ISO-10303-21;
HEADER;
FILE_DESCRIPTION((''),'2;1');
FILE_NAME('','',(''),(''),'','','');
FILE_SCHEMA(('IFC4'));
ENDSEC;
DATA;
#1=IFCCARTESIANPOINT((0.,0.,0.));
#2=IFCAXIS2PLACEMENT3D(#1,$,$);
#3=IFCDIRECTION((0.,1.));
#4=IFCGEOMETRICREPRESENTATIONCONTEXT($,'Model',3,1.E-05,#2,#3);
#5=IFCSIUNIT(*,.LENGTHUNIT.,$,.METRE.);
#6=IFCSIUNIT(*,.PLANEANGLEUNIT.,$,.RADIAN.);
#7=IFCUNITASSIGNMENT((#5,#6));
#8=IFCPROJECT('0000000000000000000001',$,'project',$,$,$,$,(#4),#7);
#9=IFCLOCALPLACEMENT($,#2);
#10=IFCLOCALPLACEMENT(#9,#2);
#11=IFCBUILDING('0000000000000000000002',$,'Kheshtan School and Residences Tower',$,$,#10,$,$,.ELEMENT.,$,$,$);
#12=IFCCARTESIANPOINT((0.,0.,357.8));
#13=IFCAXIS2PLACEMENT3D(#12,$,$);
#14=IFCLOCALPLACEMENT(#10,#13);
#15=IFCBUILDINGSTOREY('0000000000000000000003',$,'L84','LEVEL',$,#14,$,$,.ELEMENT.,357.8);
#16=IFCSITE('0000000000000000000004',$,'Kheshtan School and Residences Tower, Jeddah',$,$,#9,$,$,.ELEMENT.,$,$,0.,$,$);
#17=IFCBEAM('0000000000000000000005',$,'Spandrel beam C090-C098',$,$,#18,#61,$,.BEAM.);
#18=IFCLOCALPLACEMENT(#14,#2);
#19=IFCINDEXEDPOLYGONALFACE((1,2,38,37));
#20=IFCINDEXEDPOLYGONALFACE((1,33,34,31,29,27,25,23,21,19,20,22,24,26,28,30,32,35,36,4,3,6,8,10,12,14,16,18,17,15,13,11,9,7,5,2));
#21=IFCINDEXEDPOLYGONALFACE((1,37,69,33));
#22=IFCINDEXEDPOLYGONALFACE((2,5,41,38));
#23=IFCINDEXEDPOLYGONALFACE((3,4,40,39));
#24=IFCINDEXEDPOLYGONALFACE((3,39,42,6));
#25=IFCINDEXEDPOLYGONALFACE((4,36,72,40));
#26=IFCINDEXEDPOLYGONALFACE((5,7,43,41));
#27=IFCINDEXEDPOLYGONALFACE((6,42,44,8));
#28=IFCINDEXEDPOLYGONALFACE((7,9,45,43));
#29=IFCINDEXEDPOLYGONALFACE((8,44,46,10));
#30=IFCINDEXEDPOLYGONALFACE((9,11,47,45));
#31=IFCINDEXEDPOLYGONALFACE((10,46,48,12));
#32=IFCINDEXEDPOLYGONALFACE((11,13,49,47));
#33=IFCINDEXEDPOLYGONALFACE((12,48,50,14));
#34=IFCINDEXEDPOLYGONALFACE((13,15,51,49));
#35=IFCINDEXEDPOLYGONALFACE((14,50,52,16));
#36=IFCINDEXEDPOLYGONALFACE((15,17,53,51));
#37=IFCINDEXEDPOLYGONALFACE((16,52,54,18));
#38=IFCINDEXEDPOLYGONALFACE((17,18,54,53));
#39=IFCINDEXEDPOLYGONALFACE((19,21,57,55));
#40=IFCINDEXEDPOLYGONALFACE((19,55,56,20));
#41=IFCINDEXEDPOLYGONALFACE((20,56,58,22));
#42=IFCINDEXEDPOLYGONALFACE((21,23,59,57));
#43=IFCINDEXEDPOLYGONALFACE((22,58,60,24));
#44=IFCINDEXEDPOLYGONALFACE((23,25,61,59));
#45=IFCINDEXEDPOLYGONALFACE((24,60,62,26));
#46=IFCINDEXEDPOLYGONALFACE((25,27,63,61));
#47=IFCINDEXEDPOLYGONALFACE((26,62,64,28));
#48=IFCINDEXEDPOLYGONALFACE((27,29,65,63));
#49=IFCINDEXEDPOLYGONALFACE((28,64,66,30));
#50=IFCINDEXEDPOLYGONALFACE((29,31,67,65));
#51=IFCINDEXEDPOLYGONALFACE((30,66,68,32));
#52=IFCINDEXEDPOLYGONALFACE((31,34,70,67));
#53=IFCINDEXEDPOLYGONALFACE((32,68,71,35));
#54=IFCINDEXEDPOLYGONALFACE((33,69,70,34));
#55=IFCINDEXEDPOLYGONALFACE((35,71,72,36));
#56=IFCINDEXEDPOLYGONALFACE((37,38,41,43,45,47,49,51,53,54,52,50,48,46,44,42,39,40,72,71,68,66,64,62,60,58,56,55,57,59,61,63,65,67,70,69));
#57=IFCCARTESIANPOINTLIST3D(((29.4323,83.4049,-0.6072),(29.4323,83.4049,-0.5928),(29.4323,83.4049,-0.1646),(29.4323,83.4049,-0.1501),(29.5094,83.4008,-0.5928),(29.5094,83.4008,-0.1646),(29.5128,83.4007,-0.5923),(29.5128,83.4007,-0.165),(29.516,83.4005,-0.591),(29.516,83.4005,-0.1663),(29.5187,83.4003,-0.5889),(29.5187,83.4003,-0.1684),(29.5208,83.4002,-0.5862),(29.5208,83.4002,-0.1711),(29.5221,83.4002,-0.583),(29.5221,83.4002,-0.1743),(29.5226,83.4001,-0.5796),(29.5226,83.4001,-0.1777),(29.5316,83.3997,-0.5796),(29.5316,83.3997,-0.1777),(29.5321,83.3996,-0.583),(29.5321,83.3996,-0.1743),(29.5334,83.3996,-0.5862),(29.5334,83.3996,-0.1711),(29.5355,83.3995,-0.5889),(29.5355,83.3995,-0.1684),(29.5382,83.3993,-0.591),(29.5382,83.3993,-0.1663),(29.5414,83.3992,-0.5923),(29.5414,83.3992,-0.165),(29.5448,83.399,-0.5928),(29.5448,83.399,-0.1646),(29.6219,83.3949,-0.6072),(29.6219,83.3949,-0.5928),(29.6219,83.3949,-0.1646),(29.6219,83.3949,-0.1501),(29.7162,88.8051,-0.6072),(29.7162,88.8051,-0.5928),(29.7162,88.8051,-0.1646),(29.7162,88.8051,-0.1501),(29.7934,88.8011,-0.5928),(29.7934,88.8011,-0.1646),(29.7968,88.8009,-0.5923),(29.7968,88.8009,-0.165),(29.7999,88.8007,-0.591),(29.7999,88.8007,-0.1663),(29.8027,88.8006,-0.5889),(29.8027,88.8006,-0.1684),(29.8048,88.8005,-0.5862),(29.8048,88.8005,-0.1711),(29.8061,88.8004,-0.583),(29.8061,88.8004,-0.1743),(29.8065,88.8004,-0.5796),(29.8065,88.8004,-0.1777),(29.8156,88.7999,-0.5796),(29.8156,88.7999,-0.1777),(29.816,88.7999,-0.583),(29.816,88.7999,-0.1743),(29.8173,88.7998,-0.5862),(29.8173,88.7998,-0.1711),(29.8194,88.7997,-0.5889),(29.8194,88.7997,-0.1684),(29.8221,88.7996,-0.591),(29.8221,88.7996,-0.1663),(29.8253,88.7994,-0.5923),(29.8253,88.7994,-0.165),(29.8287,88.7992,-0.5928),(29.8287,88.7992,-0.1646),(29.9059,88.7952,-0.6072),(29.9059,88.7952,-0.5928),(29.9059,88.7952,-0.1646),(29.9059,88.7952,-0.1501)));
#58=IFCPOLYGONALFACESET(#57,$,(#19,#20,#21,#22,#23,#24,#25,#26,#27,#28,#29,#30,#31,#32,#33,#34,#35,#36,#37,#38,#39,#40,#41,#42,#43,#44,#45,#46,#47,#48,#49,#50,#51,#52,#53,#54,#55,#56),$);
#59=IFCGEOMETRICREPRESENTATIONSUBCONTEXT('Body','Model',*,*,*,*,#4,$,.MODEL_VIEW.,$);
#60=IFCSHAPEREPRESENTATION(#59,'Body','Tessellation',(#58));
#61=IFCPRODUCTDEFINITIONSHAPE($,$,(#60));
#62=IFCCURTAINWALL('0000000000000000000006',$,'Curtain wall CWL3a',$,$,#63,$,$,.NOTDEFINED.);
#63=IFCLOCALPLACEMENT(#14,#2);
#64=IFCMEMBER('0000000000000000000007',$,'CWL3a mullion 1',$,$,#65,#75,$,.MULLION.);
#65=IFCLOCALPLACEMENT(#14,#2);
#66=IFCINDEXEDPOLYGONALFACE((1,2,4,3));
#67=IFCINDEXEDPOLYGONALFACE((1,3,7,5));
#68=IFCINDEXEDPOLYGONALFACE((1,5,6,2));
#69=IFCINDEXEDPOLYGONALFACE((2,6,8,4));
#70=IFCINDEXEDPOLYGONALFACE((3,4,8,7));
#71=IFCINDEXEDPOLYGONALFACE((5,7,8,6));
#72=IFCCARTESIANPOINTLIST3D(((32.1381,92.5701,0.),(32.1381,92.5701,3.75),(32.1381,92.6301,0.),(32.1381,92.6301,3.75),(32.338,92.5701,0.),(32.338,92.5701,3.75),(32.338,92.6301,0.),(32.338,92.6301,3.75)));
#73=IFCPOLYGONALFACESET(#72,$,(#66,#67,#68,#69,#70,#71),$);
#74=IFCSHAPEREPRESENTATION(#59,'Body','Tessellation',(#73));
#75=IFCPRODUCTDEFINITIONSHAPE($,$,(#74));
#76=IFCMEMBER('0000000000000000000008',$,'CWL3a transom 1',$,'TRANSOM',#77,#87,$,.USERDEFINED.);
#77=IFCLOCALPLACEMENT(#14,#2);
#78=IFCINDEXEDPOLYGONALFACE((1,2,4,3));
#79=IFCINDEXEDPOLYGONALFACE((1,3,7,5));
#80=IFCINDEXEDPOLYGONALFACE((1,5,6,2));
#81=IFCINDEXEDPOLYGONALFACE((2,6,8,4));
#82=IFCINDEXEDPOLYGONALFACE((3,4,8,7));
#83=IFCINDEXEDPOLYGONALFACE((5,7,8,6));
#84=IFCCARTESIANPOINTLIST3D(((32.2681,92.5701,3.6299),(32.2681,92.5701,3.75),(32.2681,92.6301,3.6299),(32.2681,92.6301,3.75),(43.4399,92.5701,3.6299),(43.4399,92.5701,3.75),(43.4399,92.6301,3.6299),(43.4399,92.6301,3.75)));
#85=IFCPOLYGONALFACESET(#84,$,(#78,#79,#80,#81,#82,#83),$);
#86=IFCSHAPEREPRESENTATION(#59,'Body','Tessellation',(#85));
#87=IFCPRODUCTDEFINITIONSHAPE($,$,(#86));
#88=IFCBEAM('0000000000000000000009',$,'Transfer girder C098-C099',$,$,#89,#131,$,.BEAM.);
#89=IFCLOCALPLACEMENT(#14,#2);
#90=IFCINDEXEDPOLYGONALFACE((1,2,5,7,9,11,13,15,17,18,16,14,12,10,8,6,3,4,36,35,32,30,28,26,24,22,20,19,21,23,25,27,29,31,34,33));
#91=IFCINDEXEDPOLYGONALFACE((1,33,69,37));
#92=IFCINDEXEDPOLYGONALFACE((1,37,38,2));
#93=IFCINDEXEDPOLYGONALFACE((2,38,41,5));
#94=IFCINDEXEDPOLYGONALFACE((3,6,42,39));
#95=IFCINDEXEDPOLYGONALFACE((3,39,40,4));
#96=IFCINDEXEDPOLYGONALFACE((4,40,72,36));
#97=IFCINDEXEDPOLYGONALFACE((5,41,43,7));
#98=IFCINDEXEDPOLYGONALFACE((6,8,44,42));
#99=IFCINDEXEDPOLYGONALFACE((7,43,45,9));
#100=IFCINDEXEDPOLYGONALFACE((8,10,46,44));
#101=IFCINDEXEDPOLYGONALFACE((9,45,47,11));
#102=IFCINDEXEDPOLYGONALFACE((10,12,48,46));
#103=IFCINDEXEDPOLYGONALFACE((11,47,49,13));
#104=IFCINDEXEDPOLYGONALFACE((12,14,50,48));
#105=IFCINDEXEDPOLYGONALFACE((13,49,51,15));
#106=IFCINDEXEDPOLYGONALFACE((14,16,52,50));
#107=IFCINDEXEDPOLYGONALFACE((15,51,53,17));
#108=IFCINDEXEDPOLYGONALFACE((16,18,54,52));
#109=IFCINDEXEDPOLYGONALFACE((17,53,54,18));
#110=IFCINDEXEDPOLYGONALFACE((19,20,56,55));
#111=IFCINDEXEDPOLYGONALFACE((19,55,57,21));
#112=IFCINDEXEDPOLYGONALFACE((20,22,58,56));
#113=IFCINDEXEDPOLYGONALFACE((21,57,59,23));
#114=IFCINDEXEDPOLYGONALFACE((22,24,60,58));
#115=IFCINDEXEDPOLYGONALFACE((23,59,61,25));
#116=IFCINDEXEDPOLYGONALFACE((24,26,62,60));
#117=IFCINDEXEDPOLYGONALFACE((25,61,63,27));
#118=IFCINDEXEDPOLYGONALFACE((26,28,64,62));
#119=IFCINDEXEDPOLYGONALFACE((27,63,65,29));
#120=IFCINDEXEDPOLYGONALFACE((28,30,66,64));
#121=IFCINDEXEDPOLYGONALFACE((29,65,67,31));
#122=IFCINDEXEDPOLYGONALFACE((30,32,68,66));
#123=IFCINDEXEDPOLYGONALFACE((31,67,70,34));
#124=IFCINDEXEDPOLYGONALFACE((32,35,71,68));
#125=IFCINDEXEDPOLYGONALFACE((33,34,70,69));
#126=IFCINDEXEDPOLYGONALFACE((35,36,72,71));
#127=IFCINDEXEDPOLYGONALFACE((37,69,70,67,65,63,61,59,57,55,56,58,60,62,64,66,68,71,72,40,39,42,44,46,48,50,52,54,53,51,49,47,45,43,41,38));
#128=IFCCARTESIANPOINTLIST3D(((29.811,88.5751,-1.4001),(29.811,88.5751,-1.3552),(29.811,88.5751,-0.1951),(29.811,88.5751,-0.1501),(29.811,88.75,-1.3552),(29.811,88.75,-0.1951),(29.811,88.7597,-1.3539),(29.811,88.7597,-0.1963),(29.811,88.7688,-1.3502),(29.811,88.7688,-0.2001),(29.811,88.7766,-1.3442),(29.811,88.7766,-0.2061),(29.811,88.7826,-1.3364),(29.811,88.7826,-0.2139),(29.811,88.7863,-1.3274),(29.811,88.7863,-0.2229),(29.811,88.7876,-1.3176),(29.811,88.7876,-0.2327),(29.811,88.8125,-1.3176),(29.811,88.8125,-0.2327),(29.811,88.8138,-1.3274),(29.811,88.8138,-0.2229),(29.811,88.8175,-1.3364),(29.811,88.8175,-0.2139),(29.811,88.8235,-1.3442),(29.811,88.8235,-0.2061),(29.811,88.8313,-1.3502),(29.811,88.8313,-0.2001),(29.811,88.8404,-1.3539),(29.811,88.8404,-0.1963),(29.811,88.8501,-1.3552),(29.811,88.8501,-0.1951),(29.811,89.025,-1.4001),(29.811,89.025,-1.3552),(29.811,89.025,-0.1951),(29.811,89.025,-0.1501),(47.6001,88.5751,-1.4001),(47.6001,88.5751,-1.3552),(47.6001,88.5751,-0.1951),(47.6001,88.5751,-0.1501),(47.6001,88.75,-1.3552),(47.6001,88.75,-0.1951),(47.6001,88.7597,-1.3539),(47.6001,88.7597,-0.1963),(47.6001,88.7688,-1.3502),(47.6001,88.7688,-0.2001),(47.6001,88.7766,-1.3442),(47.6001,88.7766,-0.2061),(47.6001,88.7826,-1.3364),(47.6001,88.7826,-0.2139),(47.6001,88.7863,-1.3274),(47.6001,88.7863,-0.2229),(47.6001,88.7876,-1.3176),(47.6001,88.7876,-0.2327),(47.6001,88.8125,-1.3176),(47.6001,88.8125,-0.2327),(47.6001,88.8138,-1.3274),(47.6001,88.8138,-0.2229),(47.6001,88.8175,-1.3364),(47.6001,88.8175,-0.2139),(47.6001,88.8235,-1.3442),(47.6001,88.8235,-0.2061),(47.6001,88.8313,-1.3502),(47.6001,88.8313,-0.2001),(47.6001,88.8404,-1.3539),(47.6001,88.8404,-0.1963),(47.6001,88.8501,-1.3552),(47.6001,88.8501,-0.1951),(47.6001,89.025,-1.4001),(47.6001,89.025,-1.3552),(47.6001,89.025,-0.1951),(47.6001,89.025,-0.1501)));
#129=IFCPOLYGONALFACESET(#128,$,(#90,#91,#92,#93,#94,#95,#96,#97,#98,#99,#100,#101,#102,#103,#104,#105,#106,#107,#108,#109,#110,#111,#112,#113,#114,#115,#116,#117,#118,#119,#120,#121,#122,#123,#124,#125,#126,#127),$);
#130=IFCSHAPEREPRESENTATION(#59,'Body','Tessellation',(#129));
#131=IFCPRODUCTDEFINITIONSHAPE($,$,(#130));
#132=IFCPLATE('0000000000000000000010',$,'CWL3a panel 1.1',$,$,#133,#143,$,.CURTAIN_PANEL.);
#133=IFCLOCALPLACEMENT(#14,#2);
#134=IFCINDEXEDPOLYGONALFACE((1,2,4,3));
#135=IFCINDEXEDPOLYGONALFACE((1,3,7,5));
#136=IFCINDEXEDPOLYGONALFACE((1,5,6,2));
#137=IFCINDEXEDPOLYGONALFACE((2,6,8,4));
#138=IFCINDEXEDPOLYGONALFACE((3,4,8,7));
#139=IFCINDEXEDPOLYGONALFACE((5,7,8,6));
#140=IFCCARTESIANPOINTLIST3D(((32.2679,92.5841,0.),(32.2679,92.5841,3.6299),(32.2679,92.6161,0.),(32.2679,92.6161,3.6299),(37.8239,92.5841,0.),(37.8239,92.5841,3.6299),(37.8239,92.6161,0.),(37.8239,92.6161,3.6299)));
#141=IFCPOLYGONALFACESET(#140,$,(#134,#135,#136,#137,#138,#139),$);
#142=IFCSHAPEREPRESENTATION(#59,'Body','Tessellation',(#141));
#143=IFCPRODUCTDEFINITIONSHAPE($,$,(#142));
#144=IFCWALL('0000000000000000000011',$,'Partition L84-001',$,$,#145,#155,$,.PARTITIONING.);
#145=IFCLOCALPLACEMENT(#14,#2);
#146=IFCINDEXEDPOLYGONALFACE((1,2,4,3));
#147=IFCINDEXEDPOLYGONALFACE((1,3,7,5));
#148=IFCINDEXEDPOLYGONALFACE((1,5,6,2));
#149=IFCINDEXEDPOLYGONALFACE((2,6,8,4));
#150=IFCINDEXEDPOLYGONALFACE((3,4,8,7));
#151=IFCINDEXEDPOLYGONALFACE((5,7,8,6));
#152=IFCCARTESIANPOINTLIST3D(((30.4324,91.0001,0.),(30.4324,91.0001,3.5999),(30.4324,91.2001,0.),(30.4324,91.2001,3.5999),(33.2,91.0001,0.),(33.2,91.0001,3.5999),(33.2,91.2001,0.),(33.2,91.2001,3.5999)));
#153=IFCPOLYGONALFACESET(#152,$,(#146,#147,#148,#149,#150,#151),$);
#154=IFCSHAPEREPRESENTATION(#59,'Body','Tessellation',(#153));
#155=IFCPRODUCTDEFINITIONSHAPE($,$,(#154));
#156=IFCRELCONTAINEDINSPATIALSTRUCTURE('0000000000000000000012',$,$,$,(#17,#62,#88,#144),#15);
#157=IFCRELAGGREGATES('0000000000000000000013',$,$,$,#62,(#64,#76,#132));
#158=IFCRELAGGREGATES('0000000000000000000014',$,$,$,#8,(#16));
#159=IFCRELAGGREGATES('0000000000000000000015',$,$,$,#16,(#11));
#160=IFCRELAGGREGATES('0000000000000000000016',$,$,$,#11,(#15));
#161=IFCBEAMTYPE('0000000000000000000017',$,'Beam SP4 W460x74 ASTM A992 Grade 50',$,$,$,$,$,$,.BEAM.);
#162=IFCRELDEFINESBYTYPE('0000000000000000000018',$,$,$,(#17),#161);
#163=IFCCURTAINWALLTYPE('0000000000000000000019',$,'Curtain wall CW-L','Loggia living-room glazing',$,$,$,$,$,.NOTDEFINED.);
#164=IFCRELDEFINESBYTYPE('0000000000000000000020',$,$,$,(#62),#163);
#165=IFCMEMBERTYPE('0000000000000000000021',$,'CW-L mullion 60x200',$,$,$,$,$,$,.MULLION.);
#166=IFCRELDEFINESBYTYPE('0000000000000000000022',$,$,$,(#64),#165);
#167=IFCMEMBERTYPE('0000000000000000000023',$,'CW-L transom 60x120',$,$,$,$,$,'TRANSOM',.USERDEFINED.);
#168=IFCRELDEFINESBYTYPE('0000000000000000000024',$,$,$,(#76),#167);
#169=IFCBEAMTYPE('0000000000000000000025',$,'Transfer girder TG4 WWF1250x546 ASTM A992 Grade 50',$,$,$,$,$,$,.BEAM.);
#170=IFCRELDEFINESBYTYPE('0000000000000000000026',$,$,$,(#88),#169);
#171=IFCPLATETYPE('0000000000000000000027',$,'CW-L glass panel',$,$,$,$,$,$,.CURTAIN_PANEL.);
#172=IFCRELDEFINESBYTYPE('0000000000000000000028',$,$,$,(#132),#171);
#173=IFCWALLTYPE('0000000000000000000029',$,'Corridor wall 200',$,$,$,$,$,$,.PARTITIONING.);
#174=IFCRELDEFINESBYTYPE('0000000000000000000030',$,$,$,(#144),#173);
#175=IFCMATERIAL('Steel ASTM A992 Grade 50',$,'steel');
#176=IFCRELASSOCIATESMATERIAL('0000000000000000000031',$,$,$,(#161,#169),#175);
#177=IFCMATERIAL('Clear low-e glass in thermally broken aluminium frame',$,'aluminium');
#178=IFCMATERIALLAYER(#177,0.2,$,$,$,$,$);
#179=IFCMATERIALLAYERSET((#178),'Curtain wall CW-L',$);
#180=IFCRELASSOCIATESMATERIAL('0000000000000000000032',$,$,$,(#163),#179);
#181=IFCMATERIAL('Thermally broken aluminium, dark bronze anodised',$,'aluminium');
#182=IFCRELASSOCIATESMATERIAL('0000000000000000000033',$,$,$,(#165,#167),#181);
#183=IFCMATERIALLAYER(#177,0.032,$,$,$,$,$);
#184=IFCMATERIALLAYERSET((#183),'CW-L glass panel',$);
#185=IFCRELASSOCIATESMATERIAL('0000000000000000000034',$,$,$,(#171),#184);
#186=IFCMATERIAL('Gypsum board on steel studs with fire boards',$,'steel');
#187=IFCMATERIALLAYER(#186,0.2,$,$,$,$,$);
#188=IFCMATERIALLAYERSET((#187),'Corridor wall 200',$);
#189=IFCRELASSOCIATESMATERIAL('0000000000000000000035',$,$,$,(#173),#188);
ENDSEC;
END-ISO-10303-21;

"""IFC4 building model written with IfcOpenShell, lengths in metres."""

from ifc_helpers import new_model, si_unit, direction, frame, frame_2d, origin, origin_2d, place, context, subcontext, project, spatial, rectangle, i_section, extrude, material, layer, layer_set, material_profile, profile_set, type_object, element, aggregate, save


model = new_model("IFC4")

# Units and contexts
model_context = context("Model", 3, precision=1e-05, world=origin(), true_north=direction((0.0, 1.0)))
body_context = subcontext(model_context, "Body", "Model", "MODEL_VIEW")
ifc_project = project(units=[si_unit("LENGTHUNIT", "METRE"), si_unit("PLANEANGLEUNIT", "RADIAN")], contexts=[model_context])

# Site, building, storey
site_placement = place(None, origin())
site = spatial("IfcSite", under=ifc_project, at=site_placement, Name="Kheshtan School and Residences Tower, Jeddah", CompositionType="ELEMENT", RefElevation=0.0)
building_placement = place(site_placement, origin())
building = spatial("IfcBuilding", under=site, at=building_placement, Name="Kheshtan School and Residences Tower", CompositionType="ELEMENT")
storey_placement = place(building_placement, frame((0.0, 0.0, 357.8)))
storey = spatial("IfcBuildingStorey", under=building, at=storey_placement, Name="L84", Description="LEVEL", CompositionType="ELEMENT", Elevation=357.8)

# Shared definitions
ifc_material_1 = material(Name="Steel ASTM A992 Grade 50", Category="steel")

# Beam
ifc_material_profile_1 = material_profile(ifc_material_1, i_section(OverallWidth=0.1899, OverallDepth=0.457, WebThickness=0.009, FlangeThickness=0.0144, FilletRadius=0.0132, at=origin_2d()), Name="W460x74")
ifc_profile_set_1 = profile_set([ifc_material_profile_1], Name="Steel ASTM A992 Grade 50")
beam_type_1 = type_object("IfcBeamType", Name="Beam SP4 W460x74 ASTM A992 Grade 50", PredefinedType="BEAM", material=ifc_profile_set_1)
beam_1_placement = place(storey_placement, frame((29.5271, 83.3999, -0.3787), z_axis=(0.052507, 0.998621, 0.0), x_axis=(-0.998621, 0.052507, 0.0)))
element("IfcBeam", 1, at=beam_1_placement, inside=storey, type_object=beam_type_1, Name="Spandrel beam C090-C098", PredefinedType="BEAM", context=body_context, shape_type="SweptSolid", body=[
    extrude(i_section(OverallWidth=0.1899, OverallDepth=0.457, WebThickness=0.009, FlangeThickness=0.0144, FilletRadius=0.0132, at=origin_2d()), origin(), (0.0, 0.0, 1.0), 5.4077),
])

# Curtain wall, members
ifc_material_2 = material(Name="Clear low-e glass in thermally broken aluminium frame", Category="aluminium")
ifc_layer_1 = layer(ifc_material_2, 0.2)
ifc_layer_set_1 = layer_set([ifc_layer_1], Name="Curtain wall CW-L")
curtain_wall_type = type_object("IfcCurtainWallType", Name="Curtain wall CW-L", Description="Loggia living-room glazing", PredefinedType="NOTDEFINED", material=ifc_layer_set_1)
curtain_wall_placement = place(storey_placement, origin())
curtain_wall = element("IfcCurtainWall", 2, at=curtain_wall_placement, inside=storey, type_object=curtain_wall_type, Name="Curtain wall CWL3a", PredefinedType="NOTDEFINED")
ifc_material_3 = material(Name="Thermally broken aluminium, dark bronze anodised", Category="aluminium")
ifc_material_profile_2 = material_profile(ifc_material_3, rectangle(XDim=0.0601, YDim=0.2, at=origin_2d()), Name="CW-L mullion 60x200")
ifc_profile_set_2 = profile_set([ifc_material_profile_2], Name="Thermally broken aluminium, dark bronze anodised")
member_type_1 = type_object("IfcMemberType", Name="CW-L mullion 60x200", PredefinedType="MULLION", material=ifc_profile_set_2)
member_1_placement = place(storey_placement, frame((32.238, 92.6001, 0.0), z_axis=(0.0, 0.0, 1.0), x_axis=(0.0, 1.0, 0.0)))
member_1 = element("IfcMember", 3, at=member_1_placement, type_object=member_type_1, Name="CWL3a mullion 1", PredefinedType="MULLION", context=body_context, shape_type="SweptSolid", body=[
    extrude(rectangle(XDim=0.0601, YDim=0.2, at=origin_2d()), origin(), (0.0, 0.0, 1.0), 3.75),
])
ifc_material_profile_3 = material_profile(ifc_material_3, rectangle(XDim=0.0601, YDim=0.1201, at=origin_2d()), Name="CW-L transom 60x120")
ifc_profile_set_3 = profile_set([ifc_material_profile_3], Name="Thermally broken aluminium, dark bronze anodised")
member_type_2 = type_object("IfcMemberType", Name="CW-L transom 60x120", ElementType="TRANSOM", PredefinedType="USERDEFINED", material=ifc_profile_set_3)
member_2_placement = place(storey_placement, frame((32.2681, 92.6001, 3.6899), z_axis=(1.0, 0.0, 0.0), x_axis=(0.0, 1.0, 0.0)))
member_2 = element("IfcMember", 4, at=member_2_placement, type_object=member_type_2, Name="CWL3a transom 1", ObjectType="TRANSOM", PredefinedType="USERDEFINED", context=body_context, shape_type="SweptSolid", body=[
    extrude(rectangle(XDim=0.0601, YDim=0.1201, at=origin_2d()), origin(), (0.0, 0.0, 1.0), 11.1719),
])

# Beam
ifc_material_profile_4 = material_profile(ifc_material_1, i_section(OverallWidth=0.45, OverallDepth=1.25, WebThickness=0.0249, FlangeThickness=0.0449, FilletRadius=0.0376, at=origin_2d()), Name="WWF1250x546")
ifc_profile_set_4 = profile_set([ifc_material_profile_4], Name="Steel ASTM A992 Grade 50")
beam_type_2 = type_object("IfcBeamType", Name="Transfer girder TG4 WWF1250x546 ASTM A992 Grade 50", PredefinedType="BEAM", material=ifc_profile_set_4)
beam_2_placement = place(storey_placement, frame((29.811, 88.8, -0.7751), z_axis=(1.0, 0.0, 0.0), x_axis=(0.0, 1.0, 0.0)))
element("IfcBeam", 5, at=beam_2_placement, inside=storey, type_object=beam_type_2, Name="Transfer girder C098-C099", PredefinedType="BEAM", context=body_context, shape_type="SweptSolid", body=[
    extrude(i_section(OverallWidth=0.45, OverallDepth=1.25, WebThickness=0.0249, FlangeThickness=0.0449, FilletRadius=0.0376, at=origin_2d()), origin(), (0.0, 0.0, 1.0), 17.7891),
])

# Plate
ifc_layer_2 = layer(ifc_material_2, 0.032)
ifc_layer_set_2 = layer_set([ifc_layer_2], Name="CW-L glass panel")
plate_type = type_object("IfcPlateType", Name="CW-L glass panel", PredefinedType="CURTAIN_PANEL", material=ifc_layer_set_2)
plate_placement = place(storey_placement, frame((35.0459, 92.6001, 0.0), z_axis=(0.0, 0.0, 1.0), x_axis=(1.0, 0.0, 0.0)))
plate = element("IfcPlate", 6, at=plate_placement, type_object=plate_type, Name="CWL3a panel 1.1", PredefinedType="CURTAIN_PANEL", context=body_context, shape_type="SweptSolid", body=[
    extrude(rectangle(XDim=5.5559, YDim=0.032, at=origin_2d()), origin(), (0.0, 0.0, 1.0), 3.6299),
])
aggregate(curtain_wall, [member_1, member_2, plate])

# Wall
ifc_material_4 = material(Name="Gypsum board on steel studs with fire boards", Category="steel")
ifc_layer_3 = layer(ifc_material_4, 0.2)
ifc_layer_set_3 = layer_set([ifc_layer_3], Name="Corridor wall 200")
wall_type_1 = type_object("IfcWallType", Name="Corridor wall 200", PredefinedType="PARTITIONING", material=ifc_layer_set_3)
wall_1_placement = place(storey_placement, frame((30.4324, 91.1001, 0.0), z_axis=(0.0, 0.0, 1.0), x_axis=(1.0, 0.0, 0.0)))
element("IfcWall", 7, at=wall_1_placement, inside=storey, type_object=wall_type_1, Name="Partition L84-001", PredefinedType="PARTITIONING", context=body_context, shape_type="SweptSolid", body=[
    extrude(rectangle(XDim=2.7676, YDim=0.2, at=frame_2d((1.3838, 0.0))), origin(), (0.0, 0.0, 1.0), 3.5999),
])

save(model, "model.ifc")
